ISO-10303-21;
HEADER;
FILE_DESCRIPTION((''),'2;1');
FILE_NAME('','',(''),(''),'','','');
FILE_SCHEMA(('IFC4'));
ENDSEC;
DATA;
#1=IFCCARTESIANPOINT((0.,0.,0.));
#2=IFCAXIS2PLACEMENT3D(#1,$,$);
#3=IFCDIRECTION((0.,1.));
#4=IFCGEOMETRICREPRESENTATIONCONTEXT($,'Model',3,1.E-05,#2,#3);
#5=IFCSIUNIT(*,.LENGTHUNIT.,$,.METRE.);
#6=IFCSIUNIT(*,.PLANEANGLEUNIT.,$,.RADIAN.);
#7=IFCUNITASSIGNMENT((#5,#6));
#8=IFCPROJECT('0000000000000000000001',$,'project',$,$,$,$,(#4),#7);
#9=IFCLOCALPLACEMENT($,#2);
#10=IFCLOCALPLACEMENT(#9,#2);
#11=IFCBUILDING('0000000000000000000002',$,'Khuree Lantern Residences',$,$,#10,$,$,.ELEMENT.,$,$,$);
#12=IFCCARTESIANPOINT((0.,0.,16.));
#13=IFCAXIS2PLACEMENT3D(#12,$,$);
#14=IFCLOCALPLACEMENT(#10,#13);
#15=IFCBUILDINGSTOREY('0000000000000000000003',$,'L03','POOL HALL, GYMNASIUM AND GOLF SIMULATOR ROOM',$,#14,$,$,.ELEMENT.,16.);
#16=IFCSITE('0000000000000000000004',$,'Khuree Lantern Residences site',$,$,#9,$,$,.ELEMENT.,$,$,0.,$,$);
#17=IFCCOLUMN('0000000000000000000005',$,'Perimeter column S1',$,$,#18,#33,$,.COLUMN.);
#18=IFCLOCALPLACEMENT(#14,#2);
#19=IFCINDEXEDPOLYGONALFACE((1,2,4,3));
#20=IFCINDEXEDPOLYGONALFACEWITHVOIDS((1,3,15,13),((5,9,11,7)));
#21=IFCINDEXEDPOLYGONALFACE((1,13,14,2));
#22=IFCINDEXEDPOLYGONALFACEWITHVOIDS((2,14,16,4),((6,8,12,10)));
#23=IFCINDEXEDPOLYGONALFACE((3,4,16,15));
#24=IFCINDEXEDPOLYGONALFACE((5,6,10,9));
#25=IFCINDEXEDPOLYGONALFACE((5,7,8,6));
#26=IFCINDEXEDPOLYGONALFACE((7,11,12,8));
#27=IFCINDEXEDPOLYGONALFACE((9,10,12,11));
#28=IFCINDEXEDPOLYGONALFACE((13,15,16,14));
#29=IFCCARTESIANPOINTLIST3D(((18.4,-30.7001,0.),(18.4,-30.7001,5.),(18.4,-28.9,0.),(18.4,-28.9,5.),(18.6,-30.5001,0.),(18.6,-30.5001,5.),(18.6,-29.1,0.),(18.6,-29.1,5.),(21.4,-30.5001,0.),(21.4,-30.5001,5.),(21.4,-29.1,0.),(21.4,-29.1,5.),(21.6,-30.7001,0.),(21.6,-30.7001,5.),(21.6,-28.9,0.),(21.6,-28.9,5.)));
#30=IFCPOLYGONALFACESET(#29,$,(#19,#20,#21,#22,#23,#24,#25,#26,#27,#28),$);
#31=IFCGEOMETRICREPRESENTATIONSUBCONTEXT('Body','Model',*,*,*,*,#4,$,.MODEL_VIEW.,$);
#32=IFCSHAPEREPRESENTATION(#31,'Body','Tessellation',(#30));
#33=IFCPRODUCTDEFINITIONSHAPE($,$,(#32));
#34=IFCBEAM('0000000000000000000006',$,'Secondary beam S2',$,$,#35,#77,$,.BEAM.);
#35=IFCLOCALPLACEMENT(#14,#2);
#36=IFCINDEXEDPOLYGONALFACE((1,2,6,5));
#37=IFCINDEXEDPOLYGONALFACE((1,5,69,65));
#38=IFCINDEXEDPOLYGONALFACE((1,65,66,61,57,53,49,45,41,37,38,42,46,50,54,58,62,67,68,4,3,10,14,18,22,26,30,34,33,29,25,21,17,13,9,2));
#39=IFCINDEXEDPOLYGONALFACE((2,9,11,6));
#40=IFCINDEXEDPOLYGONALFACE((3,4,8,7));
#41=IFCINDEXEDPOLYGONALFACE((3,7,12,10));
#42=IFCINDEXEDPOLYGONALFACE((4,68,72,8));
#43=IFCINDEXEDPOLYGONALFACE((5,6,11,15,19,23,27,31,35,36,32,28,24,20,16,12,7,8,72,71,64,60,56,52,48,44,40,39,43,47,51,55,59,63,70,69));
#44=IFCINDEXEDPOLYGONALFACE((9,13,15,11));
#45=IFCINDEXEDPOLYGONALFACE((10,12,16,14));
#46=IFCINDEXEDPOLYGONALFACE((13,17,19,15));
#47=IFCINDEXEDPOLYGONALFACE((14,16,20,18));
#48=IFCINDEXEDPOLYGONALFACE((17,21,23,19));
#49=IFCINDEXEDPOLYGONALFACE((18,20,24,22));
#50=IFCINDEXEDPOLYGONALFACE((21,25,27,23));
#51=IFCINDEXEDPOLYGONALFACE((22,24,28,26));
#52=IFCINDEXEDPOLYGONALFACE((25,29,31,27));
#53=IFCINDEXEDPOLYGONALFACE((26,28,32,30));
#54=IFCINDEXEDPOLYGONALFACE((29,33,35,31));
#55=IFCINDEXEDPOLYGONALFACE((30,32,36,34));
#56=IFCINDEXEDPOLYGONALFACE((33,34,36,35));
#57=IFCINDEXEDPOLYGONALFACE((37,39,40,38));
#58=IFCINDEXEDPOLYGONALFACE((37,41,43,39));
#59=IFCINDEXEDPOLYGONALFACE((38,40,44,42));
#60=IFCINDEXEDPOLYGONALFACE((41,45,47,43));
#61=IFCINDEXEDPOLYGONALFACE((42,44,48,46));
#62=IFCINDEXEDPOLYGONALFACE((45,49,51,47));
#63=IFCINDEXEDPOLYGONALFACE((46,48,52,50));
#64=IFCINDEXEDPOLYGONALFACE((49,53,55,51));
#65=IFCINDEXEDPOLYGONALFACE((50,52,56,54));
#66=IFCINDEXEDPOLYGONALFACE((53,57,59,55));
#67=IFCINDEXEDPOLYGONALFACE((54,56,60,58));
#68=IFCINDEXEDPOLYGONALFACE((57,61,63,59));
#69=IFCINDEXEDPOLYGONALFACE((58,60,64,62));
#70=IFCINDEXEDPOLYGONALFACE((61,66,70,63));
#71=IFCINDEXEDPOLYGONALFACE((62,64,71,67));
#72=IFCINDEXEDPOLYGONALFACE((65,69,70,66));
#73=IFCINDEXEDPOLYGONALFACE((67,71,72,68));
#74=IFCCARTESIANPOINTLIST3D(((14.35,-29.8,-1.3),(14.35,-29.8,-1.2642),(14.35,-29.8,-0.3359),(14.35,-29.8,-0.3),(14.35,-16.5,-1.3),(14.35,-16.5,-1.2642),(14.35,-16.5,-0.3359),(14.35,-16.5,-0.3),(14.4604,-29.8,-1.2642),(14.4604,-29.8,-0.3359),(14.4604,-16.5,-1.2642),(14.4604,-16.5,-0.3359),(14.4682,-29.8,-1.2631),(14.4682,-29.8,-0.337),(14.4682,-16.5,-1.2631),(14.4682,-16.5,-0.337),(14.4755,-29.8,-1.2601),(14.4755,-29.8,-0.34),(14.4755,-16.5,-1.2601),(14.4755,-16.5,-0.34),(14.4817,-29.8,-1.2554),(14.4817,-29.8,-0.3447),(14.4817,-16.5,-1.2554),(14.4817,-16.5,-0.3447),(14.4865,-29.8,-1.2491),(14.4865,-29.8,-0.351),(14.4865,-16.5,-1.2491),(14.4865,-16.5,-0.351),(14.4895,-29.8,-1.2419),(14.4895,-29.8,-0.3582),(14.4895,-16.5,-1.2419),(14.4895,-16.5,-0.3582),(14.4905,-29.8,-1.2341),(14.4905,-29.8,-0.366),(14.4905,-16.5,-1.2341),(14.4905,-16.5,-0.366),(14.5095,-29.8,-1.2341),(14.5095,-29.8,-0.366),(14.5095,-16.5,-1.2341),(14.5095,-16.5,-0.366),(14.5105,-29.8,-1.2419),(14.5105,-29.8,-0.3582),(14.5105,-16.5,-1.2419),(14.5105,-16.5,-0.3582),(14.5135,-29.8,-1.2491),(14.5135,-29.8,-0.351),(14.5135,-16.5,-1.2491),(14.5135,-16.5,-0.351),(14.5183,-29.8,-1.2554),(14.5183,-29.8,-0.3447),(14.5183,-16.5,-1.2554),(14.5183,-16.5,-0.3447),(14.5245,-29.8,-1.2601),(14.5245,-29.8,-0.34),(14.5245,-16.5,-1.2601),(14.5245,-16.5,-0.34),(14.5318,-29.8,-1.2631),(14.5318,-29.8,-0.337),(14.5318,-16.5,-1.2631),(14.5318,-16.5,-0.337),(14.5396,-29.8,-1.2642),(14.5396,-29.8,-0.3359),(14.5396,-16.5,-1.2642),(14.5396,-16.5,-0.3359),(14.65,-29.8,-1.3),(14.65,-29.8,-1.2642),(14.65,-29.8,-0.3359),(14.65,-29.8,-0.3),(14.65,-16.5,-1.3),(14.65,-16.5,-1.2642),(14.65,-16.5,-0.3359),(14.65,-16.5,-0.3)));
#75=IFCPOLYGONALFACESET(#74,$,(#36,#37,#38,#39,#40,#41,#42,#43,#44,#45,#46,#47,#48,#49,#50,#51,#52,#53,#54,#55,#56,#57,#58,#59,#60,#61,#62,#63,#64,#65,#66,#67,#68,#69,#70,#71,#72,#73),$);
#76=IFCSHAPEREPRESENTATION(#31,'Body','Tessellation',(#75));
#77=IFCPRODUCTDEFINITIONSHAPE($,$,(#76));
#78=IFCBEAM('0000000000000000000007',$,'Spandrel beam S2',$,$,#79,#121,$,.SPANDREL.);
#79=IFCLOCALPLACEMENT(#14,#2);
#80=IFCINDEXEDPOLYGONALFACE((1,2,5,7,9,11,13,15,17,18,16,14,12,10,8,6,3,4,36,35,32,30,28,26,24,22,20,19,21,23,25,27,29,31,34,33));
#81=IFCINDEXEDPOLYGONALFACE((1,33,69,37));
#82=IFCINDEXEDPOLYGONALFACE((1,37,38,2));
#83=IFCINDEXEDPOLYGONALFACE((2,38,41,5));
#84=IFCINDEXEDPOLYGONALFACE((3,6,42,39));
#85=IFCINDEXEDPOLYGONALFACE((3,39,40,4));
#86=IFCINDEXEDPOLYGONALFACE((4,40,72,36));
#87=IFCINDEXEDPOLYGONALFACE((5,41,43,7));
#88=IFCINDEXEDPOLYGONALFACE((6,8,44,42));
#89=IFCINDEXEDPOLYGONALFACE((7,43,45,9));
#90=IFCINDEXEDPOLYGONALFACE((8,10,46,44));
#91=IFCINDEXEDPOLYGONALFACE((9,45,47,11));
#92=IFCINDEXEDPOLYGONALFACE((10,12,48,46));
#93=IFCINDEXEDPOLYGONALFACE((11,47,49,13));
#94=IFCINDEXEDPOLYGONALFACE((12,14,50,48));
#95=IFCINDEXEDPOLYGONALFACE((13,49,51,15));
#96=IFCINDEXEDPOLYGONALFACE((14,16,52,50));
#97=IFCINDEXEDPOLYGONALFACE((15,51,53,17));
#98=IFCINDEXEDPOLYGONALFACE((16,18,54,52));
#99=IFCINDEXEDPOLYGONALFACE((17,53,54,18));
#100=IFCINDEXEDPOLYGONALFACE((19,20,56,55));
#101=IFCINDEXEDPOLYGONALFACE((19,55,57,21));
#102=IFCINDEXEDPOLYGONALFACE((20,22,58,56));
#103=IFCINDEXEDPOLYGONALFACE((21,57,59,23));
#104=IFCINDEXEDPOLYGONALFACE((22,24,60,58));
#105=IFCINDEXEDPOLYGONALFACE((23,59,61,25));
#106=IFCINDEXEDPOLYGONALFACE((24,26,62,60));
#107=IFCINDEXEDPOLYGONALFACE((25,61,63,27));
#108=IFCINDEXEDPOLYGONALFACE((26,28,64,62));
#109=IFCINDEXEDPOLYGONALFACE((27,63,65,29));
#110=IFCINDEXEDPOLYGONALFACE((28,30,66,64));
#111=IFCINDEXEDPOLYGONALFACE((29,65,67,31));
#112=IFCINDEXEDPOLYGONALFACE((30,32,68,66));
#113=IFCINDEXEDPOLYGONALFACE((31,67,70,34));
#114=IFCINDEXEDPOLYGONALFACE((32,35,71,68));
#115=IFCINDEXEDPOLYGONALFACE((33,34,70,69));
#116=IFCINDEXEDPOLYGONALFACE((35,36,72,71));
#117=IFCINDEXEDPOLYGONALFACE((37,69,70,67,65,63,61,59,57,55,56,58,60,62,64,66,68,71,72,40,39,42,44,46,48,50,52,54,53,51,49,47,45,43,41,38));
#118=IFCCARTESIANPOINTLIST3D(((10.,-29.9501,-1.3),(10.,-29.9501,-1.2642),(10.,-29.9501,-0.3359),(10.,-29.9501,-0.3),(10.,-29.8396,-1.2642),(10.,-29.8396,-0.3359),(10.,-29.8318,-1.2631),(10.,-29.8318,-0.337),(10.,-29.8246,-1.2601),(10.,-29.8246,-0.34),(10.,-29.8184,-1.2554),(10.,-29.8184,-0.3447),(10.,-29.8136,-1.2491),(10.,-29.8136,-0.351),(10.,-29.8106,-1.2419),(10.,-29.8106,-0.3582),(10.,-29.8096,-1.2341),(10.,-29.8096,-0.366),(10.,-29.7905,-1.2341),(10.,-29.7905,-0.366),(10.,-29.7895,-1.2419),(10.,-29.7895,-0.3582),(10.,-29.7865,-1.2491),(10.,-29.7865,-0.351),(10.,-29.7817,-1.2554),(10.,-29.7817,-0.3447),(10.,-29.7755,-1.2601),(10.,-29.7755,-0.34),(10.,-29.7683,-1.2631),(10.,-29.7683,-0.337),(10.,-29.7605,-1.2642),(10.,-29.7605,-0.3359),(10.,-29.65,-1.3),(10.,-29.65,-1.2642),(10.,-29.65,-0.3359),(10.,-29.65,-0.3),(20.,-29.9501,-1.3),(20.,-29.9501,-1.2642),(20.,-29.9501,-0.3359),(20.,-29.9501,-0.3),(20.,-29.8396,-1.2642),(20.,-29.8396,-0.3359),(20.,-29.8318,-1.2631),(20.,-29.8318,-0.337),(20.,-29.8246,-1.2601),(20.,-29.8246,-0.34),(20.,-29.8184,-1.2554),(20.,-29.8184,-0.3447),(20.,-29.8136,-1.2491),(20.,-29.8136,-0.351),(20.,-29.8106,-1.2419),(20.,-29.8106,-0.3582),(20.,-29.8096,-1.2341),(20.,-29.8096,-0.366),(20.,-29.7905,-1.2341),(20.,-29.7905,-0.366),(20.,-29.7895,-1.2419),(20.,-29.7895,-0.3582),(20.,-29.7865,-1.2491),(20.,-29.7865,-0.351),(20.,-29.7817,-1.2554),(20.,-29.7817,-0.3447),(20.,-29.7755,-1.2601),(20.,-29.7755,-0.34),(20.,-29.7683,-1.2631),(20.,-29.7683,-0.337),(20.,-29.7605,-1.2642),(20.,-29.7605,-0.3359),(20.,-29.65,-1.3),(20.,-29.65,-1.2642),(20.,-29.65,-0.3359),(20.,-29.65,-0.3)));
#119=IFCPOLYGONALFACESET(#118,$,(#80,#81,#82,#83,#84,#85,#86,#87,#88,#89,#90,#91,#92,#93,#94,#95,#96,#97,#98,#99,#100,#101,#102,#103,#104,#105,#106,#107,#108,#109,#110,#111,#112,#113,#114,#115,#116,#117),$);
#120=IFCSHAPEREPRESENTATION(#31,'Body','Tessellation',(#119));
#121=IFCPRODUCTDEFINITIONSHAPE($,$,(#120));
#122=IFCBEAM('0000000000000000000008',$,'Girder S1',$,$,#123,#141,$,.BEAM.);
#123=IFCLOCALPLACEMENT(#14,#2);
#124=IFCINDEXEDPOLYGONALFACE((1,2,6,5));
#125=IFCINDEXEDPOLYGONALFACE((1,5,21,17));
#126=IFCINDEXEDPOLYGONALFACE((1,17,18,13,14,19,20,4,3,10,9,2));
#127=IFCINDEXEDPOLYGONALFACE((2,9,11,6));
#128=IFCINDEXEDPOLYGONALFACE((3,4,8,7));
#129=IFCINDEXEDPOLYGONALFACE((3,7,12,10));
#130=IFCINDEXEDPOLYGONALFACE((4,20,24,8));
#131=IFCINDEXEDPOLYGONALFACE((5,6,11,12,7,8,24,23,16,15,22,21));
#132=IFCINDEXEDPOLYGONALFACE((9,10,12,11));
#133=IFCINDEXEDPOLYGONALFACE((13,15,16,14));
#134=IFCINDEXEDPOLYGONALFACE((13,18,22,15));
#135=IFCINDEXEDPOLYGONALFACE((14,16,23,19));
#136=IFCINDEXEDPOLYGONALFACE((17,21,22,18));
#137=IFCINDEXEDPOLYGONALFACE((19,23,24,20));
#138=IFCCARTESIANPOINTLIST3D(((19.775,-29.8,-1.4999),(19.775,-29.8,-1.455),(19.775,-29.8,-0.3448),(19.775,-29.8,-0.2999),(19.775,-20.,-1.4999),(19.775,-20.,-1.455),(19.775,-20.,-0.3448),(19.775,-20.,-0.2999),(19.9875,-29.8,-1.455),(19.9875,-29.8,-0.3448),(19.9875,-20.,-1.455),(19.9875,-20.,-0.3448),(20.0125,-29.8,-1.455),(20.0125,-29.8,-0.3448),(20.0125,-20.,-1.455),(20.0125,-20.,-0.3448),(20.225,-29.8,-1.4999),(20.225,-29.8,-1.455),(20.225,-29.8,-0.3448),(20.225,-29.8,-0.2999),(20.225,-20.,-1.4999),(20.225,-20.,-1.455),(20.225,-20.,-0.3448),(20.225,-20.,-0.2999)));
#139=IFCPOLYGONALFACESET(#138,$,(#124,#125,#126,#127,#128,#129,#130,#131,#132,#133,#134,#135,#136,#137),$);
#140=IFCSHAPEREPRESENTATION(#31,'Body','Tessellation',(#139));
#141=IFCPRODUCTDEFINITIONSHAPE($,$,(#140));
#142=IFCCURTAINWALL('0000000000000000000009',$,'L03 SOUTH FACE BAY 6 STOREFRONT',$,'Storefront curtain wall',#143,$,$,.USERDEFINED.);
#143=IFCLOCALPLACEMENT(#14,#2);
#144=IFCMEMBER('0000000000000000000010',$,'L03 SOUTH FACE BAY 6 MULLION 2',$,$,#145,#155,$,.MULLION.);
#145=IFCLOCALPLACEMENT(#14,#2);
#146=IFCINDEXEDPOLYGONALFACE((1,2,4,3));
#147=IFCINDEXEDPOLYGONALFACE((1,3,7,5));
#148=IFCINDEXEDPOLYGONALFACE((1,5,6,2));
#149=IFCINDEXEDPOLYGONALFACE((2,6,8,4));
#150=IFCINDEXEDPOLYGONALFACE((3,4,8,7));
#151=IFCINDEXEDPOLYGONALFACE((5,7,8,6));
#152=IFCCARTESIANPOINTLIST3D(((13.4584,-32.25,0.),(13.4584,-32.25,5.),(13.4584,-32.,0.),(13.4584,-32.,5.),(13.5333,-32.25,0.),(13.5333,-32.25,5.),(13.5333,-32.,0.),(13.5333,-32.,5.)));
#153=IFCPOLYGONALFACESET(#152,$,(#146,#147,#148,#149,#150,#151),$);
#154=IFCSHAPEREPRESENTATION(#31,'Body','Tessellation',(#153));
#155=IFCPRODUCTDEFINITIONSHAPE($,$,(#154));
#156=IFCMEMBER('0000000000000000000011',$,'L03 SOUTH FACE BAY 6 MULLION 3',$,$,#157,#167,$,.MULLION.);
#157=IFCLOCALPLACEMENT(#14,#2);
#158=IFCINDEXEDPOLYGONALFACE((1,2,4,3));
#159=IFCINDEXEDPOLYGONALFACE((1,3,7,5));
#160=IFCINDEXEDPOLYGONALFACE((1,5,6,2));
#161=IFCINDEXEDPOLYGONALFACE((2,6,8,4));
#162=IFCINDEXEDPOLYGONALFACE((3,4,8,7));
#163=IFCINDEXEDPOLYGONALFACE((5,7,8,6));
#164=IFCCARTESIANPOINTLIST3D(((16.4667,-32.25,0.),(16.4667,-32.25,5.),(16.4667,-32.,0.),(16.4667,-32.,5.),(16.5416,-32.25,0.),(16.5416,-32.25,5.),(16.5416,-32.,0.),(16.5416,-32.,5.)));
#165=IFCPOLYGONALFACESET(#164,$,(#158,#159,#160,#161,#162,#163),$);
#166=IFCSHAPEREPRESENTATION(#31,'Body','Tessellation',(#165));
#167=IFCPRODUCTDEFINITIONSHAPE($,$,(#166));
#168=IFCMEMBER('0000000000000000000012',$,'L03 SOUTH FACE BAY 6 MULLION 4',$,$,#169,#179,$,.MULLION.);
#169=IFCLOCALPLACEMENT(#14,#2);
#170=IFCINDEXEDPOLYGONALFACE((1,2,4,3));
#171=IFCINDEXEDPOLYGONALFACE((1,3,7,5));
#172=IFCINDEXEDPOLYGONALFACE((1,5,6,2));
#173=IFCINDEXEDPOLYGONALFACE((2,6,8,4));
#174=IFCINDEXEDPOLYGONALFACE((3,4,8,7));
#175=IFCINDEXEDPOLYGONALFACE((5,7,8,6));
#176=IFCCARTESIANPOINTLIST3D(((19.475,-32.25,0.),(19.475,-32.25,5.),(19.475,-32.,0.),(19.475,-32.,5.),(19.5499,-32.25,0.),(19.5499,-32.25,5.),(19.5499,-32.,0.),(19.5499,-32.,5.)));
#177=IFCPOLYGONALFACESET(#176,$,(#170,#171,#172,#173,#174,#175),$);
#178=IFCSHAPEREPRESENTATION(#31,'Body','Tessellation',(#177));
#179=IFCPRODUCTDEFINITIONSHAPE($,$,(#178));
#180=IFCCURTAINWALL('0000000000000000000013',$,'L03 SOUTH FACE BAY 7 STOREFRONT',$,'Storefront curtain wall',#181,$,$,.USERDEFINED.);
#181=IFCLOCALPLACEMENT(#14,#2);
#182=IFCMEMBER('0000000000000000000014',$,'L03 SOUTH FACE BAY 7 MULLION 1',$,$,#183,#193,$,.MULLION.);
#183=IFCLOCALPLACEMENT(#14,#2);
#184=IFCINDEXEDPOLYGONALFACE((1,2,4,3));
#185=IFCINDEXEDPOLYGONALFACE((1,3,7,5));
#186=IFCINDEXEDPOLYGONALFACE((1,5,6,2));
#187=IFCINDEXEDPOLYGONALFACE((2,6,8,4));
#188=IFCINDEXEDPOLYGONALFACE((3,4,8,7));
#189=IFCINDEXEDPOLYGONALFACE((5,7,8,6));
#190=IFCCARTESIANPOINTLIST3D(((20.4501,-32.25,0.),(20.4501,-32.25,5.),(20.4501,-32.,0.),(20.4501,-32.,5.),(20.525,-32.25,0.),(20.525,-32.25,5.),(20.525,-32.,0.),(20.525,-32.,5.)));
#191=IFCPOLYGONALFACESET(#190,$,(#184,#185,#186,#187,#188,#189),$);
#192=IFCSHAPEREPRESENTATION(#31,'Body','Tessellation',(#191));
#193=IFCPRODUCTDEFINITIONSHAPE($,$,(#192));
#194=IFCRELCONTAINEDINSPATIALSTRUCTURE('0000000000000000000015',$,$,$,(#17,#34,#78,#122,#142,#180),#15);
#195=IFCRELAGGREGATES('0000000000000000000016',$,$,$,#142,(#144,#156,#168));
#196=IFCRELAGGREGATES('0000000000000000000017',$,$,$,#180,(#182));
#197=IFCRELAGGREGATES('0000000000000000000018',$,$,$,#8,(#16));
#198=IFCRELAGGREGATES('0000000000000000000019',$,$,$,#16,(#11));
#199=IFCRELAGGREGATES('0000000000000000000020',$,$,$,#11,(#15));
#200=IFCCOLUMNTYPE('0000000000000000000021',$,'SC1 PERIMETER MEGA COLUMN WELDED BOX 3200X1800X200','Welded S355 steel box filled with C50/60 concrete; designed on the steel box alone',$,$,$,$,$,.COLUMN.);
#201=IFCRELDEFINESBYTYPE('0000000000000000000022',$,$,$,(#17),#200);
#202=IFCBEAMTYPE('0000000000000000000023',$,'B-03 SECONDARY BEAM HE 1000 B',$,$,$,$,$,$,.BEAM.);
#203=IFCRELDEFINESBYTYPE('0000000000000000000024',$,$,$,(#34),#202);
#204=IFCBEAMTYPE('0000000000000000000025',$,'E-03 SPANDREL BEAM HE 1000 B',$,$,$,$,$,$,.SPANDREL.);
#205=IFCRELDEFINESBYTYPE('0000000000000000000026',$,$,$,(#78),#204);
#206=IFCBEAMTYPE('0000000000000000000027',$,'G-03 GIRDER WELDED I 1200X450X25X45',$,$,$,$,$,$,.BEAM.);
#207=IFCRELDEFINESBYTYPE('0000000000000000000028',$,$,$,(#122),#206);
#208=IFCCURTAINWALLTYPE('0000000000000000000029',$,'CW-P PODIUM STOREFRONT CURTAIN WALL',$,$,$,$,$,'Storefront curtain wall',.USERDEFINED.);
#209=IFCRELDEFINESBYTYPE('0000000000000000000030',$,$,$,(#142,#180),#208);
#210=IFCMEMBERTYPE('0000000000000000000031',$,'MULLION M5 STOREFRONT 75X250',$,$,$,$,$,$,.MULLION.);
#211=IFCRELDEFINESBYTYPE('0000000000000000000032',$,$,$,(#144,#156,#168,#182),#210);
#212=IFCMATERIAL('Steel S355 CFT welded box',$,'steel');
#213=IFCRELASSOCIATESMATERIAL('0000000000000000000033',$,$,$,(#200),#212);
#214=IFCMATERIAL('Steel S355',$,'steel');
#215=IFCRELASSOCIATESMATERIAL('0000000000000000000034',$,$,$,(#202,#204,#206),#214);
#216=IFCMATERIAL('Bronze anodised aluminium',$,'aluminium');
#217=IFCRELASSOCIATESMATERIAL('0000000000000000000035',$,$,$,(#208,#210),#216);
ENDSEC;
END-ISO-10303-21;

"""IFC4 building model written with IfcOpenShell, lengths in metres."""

from ifc_helpers import new_model, si_unit, direction, frame, origin, origin_2d, place, context, subcontext, project, spatial, rectangle, hollow_rectangle, i_section, extrude, material, material_profile, profile_set, type_object, element, aggregate, save


model = new_model("IFC4")

# Units and contexts
model_context = context("Model", 3, precision=1e-05, world=origin(), true_north=direction((0.0, 1.0)))
body_context = subcontext(model_context, "Body", "Model", "MODEL_VIEW")
ifc_project = project(units=[si_unit("LENGTHUNIT", "METRE"), si_unit("PLANEANGLEUNIT", "RADIAN")], contexts=[model_context])

# Site, building, storey
site_placement = place(None, origin())
site = spatial("IfcSite", under=ifc_project, at=site_placement, Name="Khuree Lantern Residences site", CompositionType="ELEMENT", RefElevation=0.0)
building_placement = place(site_placement, origin())
building = spatial("IfcBuilding", under=site, at=building_placement, Name="Khuree Lantern Residences", CompositionType="ELEMENT")
storey_placement = place(building_placement, frame((0.0, 0.0, 16.0)))
storey = spatial("IfcBuildingStorey", under=building, at=storey_placement, Name="L03", Description="POOL HALL, GYMNASIUM AND GOLF SIMULATOR ROOM", CompositionType="ELEMENT", Elevation=16.0)

# Column
ifc_material_1 = material(Name="Steel S355 CFT welded box", Category="steel")
ifc_material_profile_1 = material_profile(ifc_material_1, hollow_rectangle(XDim=3.2, YDim=1.8, WallThickness=0.2, at=origin_2d()), Name="WELDED BOX 3200X1800X200")
ifc_profile_set_1 = profile_set([ifc_material_profile_1], Name="Steel S355 CFT welded box")
column_type = type_object("IfcColumnType", Name="SC1 PERIMETER MEGA COLUMN WELDED BOX 3200X1800X200", Description="Welded S355 steel box filled with C50/60 concrete; designed on the steel box alone", PredefinedType="COLUMN", material=ifc_profile_set_1)
column_placement = place(storey_placement, frame((20.0, -29.8, 0.0), z_axis=(0.0, 0.0, 1.0), x_axis=(1.0, 0.0, 0.0)))
element("IfcColumn", 1, at=column_placement, inside=storey, type_object=column_type, Name="Perimeter column S1", PredefinedType="COLUMN", context=body_context, shape_type="SweptSolid", body=[
    extrude(hollow_rectangle(XDim=3.2, YDim=1.8, WallThickness=0.2, at=origin_2d()), origin(), (0.0, 0.0, 1.0), 5.0),
])

# Beams
ifc_material_2 = material(Name="Steel S355", Category="steel")
ifc_material_profile_2 = material_profile(ifc_material_2, i_section(OverallWidth=0.3, OverallDepth=1.0, WebThickness=0.019, FlangeThickness=0.0359, FilletRadius=0.03, at=origin_2d()), Name="HE 1000 B")
ifc_profile_set_2 = profile_set([ifc_material_profile_2], Name="Steel S355")
beam_type_1 = type_object("IfcBeamType", Name="B-03 SECONDARY BEAM HE 1000 B", PredefinedType="BEAM", material=ifc_profile_set_2)
beam_1_placement = place(storey_placement, frame((14.5, -29.8, -0.8), z_axis=(0.0, 1.0, 0.0), x_axis=(-1.0, 0.0, 0.0)))
element("IfcBeam", 2, at=beam_1_placement, inside=storey, type_object=beam_type_1, Name="Secondary beam S2", PredefinedType="BEAM", context=body_context, shape_type="SweptSolid", body=[
    extrude(i_section(OverallWidth=0.3, OverallDepth=1.0, WebThickness=0.019, FlangeThickness=0.0359, FilletRadius=0.03, at=origin_2d()), origin(), (0.0, 0.0, 1.0), 13.3),
])
ifc_material_profile_3 = material_profile(ifc_material_2, i_section(OverallWidth=0.3, OverallDepth=1.0, WebThickness=0.019, FlangeThickness=0.0359, FilletRadius=0.03, at=origin_2d()), Name="HE 1000 B")
ifc_profile_set_3 = profile_set([ifc_material_profile_3], Name="Steel S355")
beam_type_2 = type_object("IfcBeamType", Name="E-03 SPANDREL BEAM HE 1000 B", PredefinedType="SPANDREL", material=ifc_profile_set_3)
beam_2_placement = place(storey_placement, frame((20.0, -29.8, -0.8), z_axis=(-1.0, 0.0, 0.0), x_axis=(0.0, -1.0, 0.0)))
element("IfcBeam", 3, at=beam_2_placement, inside=storey, type_object=beam_type_2, Name="Spandrel beam S2", PredefinedType="SPANDREL", context=body_context, shape_type="SweptSolid", body=[
    extrude(i_section(OverallWidth=0.3, OverallDepth=1.0, WebThickness=0.019, FlangeThickness=0.0359, FilletRadius=0.03, at=origin_2d()), origin(), (0.0, 0.0, 1.0), 10.0),
])
ifc_material_profile_4 = material_profile(ifc_material_2, i_section(OverallWidth=0.45, OverallDepth=1.2, WebThickness=0.0249, FlangeThickness=0.0449, at=origin_2d()), Name="WELDED I 1200X450X25X45")
ifc_profile_set_4 = profile_set([ifc_material_profile_4], Name="Steel S355")
beam_type_3 = type_object("IfcBeamType", Name="G-03 GIRDER WELDED I 1200X450X25X45", PredefinedType="BEAM", material=ifc_profile_set_4)
beam_3_placement = place(storey_placement, frame((20.0, -29.8, -0.8999), z_axis=(0.0, 1.0, 0.0), x_axis=(-1.0, 0.0, 0.0)))
element("IfcBeam", 4, at=beam_3_placement, inside=storey, type_object=beam_type_3, Name="Girder S1", PredefinedType="BEAM", context=body_context, shape_type="SweptSolid", body=[
    extrude(i_section(OverallWidth=0.45, OverallDepth=1.2, WebThickness=0.0249, FlangeThickness=0.0449, at=origin_2d()), origin(), (0.0, 0.0, 1.0), 9.8),
])

# Curtain walls, members
ifc_material_3 = material(Name="Bronze anodised aluminium", Category="aluminium")
curtain_wall_type = type_object("IfcCurtainWallType", Name="CW-P PODIUM STOREFRONT CURTAIN WALL", ElementType="Storefront curtain wall", PredefinedType="USERDEFINED", material=ifc_material_3)
curtain_wall_1_placement = place(storey_placement, origin())
curtain_wall_1 = element("IfcCurtainWall", 5, at=curtain_wall_1_placement, inside=storey, type_object=curtain_wall_type, Name="L03 SOUTH FACE BAY 6 STOREFRONT", ObjectType="Storefront curtain wall", PredefinedType="USERDEFINED")
ifc_material_profile_5 = material_profile(ifc_material_3, rectangle(XDim=0.075, YDim=0.25, at=origin_2d()), Name="M5 75X250")
ifc_profile_set_5 = profile_set([ifc_material_profile_5], Name="Bronze anodised aluminium")
member_type_1 = type_object("IfcMemberType", Name="MULLION M5 STOREFRONT 75X250", PredefinedType="MULLION", material=ifc_profile_set_5)
member_1_placement = place(storey_placement, frame((13.4958, -32.125, 0.0), z_axis=(0.0, 0.0, 1.0), x_axis=(1.0, 0.0, 0.0)))
member_1 = element("IfcMember", 6, at=member_1_placement, type_object=member_type_1, Name="L03 SOUTH FACE BAY 6 MULLION 2", PredefinedType="MULLION", context=body_context, shape_type="SweptSolid", body=[
    extrude(rectangle(XDim=0.075, YDim=0.25, at=origin_2d()), origin(), (0.0, 0.0, 1.0), 5.0),
])
member_2_placement = place(storey_placement, frame((16.5042, -32.125, 0.0), z_axis=(0.0, 0.0, 1.0), x_axis=(1.0, 0.0, 0.0)))
member_2 = element("IfcMember", 7, at=member_2_placement, type_object=member_type_1, Name="L03 SOUTH FACE BAY 6 MULLION 3", PredefinedType="MULLION", context=body_context, shape_type="SweptSolid", body=[
    extrude(rectangle(XDim=0.075, YDim=0.25, at=origin_2d()), origin(), (0.0, 0.0, 1.0), 5.0),
])
member_3_placement = place(storey_placement, frame((19.5125, -32.125, 0.0), z_axis=(0.0, 0.0, 1.0), x_axis=(1.0, 0.0, 0.0)))
member_3 = element("IfcMember", 8, at=member_3_placement, type_object=member_type_1, Name="L03 SOUTH FACE BAY 6 MULLION 4", PredefinedType="MULLION", context=body_context, shape_type="SweptSolid", body=[
    extrude(rectangle(XDim=0.075, YDim=0.25, at=origin_2d()), origin(), (0.0, 0.0, 1.0), 5.0),
])
curtain_wall_2_placement = place(storey_placement, origin())
curtain_wall_2 = element("IfcCurtainWall", 9, at=curtain_wall_2_placement, inside=storey, type_object=curtain_wall_type, Name="L03 SOUTH FACE BAY 7 STOREFRONT", ObjectType="Storefront curtain wall", PredefinedType="USERDEFINED")
member_4_placement = place(storey_placement, frame((20.4875, -32.125, 0.0), z_axis=(0.0, 0.0, 1.0), x_axis=(1.0, 0.0, 0.0)))
member_4 = element("IfcMember", 10, at=member_4_placement, type_object=member_type_1, Name="L03 SOUTH FACE BAY 7 MULLION 1", PredefinedType="MULLION", context=body_context, shape_type="SweptSolid", body=[
    extrude(rectangle(XDim=0.075, YDim=0.25, at=origin_2d()), origin(), (0.0, 0.0, 1.0), 5.0),
])

aggregate(curtain_wall_1, [member_1, member_2, member_3])
aggregate(curtain_wall_2, [member_4])

save(model, "model.ifc")
